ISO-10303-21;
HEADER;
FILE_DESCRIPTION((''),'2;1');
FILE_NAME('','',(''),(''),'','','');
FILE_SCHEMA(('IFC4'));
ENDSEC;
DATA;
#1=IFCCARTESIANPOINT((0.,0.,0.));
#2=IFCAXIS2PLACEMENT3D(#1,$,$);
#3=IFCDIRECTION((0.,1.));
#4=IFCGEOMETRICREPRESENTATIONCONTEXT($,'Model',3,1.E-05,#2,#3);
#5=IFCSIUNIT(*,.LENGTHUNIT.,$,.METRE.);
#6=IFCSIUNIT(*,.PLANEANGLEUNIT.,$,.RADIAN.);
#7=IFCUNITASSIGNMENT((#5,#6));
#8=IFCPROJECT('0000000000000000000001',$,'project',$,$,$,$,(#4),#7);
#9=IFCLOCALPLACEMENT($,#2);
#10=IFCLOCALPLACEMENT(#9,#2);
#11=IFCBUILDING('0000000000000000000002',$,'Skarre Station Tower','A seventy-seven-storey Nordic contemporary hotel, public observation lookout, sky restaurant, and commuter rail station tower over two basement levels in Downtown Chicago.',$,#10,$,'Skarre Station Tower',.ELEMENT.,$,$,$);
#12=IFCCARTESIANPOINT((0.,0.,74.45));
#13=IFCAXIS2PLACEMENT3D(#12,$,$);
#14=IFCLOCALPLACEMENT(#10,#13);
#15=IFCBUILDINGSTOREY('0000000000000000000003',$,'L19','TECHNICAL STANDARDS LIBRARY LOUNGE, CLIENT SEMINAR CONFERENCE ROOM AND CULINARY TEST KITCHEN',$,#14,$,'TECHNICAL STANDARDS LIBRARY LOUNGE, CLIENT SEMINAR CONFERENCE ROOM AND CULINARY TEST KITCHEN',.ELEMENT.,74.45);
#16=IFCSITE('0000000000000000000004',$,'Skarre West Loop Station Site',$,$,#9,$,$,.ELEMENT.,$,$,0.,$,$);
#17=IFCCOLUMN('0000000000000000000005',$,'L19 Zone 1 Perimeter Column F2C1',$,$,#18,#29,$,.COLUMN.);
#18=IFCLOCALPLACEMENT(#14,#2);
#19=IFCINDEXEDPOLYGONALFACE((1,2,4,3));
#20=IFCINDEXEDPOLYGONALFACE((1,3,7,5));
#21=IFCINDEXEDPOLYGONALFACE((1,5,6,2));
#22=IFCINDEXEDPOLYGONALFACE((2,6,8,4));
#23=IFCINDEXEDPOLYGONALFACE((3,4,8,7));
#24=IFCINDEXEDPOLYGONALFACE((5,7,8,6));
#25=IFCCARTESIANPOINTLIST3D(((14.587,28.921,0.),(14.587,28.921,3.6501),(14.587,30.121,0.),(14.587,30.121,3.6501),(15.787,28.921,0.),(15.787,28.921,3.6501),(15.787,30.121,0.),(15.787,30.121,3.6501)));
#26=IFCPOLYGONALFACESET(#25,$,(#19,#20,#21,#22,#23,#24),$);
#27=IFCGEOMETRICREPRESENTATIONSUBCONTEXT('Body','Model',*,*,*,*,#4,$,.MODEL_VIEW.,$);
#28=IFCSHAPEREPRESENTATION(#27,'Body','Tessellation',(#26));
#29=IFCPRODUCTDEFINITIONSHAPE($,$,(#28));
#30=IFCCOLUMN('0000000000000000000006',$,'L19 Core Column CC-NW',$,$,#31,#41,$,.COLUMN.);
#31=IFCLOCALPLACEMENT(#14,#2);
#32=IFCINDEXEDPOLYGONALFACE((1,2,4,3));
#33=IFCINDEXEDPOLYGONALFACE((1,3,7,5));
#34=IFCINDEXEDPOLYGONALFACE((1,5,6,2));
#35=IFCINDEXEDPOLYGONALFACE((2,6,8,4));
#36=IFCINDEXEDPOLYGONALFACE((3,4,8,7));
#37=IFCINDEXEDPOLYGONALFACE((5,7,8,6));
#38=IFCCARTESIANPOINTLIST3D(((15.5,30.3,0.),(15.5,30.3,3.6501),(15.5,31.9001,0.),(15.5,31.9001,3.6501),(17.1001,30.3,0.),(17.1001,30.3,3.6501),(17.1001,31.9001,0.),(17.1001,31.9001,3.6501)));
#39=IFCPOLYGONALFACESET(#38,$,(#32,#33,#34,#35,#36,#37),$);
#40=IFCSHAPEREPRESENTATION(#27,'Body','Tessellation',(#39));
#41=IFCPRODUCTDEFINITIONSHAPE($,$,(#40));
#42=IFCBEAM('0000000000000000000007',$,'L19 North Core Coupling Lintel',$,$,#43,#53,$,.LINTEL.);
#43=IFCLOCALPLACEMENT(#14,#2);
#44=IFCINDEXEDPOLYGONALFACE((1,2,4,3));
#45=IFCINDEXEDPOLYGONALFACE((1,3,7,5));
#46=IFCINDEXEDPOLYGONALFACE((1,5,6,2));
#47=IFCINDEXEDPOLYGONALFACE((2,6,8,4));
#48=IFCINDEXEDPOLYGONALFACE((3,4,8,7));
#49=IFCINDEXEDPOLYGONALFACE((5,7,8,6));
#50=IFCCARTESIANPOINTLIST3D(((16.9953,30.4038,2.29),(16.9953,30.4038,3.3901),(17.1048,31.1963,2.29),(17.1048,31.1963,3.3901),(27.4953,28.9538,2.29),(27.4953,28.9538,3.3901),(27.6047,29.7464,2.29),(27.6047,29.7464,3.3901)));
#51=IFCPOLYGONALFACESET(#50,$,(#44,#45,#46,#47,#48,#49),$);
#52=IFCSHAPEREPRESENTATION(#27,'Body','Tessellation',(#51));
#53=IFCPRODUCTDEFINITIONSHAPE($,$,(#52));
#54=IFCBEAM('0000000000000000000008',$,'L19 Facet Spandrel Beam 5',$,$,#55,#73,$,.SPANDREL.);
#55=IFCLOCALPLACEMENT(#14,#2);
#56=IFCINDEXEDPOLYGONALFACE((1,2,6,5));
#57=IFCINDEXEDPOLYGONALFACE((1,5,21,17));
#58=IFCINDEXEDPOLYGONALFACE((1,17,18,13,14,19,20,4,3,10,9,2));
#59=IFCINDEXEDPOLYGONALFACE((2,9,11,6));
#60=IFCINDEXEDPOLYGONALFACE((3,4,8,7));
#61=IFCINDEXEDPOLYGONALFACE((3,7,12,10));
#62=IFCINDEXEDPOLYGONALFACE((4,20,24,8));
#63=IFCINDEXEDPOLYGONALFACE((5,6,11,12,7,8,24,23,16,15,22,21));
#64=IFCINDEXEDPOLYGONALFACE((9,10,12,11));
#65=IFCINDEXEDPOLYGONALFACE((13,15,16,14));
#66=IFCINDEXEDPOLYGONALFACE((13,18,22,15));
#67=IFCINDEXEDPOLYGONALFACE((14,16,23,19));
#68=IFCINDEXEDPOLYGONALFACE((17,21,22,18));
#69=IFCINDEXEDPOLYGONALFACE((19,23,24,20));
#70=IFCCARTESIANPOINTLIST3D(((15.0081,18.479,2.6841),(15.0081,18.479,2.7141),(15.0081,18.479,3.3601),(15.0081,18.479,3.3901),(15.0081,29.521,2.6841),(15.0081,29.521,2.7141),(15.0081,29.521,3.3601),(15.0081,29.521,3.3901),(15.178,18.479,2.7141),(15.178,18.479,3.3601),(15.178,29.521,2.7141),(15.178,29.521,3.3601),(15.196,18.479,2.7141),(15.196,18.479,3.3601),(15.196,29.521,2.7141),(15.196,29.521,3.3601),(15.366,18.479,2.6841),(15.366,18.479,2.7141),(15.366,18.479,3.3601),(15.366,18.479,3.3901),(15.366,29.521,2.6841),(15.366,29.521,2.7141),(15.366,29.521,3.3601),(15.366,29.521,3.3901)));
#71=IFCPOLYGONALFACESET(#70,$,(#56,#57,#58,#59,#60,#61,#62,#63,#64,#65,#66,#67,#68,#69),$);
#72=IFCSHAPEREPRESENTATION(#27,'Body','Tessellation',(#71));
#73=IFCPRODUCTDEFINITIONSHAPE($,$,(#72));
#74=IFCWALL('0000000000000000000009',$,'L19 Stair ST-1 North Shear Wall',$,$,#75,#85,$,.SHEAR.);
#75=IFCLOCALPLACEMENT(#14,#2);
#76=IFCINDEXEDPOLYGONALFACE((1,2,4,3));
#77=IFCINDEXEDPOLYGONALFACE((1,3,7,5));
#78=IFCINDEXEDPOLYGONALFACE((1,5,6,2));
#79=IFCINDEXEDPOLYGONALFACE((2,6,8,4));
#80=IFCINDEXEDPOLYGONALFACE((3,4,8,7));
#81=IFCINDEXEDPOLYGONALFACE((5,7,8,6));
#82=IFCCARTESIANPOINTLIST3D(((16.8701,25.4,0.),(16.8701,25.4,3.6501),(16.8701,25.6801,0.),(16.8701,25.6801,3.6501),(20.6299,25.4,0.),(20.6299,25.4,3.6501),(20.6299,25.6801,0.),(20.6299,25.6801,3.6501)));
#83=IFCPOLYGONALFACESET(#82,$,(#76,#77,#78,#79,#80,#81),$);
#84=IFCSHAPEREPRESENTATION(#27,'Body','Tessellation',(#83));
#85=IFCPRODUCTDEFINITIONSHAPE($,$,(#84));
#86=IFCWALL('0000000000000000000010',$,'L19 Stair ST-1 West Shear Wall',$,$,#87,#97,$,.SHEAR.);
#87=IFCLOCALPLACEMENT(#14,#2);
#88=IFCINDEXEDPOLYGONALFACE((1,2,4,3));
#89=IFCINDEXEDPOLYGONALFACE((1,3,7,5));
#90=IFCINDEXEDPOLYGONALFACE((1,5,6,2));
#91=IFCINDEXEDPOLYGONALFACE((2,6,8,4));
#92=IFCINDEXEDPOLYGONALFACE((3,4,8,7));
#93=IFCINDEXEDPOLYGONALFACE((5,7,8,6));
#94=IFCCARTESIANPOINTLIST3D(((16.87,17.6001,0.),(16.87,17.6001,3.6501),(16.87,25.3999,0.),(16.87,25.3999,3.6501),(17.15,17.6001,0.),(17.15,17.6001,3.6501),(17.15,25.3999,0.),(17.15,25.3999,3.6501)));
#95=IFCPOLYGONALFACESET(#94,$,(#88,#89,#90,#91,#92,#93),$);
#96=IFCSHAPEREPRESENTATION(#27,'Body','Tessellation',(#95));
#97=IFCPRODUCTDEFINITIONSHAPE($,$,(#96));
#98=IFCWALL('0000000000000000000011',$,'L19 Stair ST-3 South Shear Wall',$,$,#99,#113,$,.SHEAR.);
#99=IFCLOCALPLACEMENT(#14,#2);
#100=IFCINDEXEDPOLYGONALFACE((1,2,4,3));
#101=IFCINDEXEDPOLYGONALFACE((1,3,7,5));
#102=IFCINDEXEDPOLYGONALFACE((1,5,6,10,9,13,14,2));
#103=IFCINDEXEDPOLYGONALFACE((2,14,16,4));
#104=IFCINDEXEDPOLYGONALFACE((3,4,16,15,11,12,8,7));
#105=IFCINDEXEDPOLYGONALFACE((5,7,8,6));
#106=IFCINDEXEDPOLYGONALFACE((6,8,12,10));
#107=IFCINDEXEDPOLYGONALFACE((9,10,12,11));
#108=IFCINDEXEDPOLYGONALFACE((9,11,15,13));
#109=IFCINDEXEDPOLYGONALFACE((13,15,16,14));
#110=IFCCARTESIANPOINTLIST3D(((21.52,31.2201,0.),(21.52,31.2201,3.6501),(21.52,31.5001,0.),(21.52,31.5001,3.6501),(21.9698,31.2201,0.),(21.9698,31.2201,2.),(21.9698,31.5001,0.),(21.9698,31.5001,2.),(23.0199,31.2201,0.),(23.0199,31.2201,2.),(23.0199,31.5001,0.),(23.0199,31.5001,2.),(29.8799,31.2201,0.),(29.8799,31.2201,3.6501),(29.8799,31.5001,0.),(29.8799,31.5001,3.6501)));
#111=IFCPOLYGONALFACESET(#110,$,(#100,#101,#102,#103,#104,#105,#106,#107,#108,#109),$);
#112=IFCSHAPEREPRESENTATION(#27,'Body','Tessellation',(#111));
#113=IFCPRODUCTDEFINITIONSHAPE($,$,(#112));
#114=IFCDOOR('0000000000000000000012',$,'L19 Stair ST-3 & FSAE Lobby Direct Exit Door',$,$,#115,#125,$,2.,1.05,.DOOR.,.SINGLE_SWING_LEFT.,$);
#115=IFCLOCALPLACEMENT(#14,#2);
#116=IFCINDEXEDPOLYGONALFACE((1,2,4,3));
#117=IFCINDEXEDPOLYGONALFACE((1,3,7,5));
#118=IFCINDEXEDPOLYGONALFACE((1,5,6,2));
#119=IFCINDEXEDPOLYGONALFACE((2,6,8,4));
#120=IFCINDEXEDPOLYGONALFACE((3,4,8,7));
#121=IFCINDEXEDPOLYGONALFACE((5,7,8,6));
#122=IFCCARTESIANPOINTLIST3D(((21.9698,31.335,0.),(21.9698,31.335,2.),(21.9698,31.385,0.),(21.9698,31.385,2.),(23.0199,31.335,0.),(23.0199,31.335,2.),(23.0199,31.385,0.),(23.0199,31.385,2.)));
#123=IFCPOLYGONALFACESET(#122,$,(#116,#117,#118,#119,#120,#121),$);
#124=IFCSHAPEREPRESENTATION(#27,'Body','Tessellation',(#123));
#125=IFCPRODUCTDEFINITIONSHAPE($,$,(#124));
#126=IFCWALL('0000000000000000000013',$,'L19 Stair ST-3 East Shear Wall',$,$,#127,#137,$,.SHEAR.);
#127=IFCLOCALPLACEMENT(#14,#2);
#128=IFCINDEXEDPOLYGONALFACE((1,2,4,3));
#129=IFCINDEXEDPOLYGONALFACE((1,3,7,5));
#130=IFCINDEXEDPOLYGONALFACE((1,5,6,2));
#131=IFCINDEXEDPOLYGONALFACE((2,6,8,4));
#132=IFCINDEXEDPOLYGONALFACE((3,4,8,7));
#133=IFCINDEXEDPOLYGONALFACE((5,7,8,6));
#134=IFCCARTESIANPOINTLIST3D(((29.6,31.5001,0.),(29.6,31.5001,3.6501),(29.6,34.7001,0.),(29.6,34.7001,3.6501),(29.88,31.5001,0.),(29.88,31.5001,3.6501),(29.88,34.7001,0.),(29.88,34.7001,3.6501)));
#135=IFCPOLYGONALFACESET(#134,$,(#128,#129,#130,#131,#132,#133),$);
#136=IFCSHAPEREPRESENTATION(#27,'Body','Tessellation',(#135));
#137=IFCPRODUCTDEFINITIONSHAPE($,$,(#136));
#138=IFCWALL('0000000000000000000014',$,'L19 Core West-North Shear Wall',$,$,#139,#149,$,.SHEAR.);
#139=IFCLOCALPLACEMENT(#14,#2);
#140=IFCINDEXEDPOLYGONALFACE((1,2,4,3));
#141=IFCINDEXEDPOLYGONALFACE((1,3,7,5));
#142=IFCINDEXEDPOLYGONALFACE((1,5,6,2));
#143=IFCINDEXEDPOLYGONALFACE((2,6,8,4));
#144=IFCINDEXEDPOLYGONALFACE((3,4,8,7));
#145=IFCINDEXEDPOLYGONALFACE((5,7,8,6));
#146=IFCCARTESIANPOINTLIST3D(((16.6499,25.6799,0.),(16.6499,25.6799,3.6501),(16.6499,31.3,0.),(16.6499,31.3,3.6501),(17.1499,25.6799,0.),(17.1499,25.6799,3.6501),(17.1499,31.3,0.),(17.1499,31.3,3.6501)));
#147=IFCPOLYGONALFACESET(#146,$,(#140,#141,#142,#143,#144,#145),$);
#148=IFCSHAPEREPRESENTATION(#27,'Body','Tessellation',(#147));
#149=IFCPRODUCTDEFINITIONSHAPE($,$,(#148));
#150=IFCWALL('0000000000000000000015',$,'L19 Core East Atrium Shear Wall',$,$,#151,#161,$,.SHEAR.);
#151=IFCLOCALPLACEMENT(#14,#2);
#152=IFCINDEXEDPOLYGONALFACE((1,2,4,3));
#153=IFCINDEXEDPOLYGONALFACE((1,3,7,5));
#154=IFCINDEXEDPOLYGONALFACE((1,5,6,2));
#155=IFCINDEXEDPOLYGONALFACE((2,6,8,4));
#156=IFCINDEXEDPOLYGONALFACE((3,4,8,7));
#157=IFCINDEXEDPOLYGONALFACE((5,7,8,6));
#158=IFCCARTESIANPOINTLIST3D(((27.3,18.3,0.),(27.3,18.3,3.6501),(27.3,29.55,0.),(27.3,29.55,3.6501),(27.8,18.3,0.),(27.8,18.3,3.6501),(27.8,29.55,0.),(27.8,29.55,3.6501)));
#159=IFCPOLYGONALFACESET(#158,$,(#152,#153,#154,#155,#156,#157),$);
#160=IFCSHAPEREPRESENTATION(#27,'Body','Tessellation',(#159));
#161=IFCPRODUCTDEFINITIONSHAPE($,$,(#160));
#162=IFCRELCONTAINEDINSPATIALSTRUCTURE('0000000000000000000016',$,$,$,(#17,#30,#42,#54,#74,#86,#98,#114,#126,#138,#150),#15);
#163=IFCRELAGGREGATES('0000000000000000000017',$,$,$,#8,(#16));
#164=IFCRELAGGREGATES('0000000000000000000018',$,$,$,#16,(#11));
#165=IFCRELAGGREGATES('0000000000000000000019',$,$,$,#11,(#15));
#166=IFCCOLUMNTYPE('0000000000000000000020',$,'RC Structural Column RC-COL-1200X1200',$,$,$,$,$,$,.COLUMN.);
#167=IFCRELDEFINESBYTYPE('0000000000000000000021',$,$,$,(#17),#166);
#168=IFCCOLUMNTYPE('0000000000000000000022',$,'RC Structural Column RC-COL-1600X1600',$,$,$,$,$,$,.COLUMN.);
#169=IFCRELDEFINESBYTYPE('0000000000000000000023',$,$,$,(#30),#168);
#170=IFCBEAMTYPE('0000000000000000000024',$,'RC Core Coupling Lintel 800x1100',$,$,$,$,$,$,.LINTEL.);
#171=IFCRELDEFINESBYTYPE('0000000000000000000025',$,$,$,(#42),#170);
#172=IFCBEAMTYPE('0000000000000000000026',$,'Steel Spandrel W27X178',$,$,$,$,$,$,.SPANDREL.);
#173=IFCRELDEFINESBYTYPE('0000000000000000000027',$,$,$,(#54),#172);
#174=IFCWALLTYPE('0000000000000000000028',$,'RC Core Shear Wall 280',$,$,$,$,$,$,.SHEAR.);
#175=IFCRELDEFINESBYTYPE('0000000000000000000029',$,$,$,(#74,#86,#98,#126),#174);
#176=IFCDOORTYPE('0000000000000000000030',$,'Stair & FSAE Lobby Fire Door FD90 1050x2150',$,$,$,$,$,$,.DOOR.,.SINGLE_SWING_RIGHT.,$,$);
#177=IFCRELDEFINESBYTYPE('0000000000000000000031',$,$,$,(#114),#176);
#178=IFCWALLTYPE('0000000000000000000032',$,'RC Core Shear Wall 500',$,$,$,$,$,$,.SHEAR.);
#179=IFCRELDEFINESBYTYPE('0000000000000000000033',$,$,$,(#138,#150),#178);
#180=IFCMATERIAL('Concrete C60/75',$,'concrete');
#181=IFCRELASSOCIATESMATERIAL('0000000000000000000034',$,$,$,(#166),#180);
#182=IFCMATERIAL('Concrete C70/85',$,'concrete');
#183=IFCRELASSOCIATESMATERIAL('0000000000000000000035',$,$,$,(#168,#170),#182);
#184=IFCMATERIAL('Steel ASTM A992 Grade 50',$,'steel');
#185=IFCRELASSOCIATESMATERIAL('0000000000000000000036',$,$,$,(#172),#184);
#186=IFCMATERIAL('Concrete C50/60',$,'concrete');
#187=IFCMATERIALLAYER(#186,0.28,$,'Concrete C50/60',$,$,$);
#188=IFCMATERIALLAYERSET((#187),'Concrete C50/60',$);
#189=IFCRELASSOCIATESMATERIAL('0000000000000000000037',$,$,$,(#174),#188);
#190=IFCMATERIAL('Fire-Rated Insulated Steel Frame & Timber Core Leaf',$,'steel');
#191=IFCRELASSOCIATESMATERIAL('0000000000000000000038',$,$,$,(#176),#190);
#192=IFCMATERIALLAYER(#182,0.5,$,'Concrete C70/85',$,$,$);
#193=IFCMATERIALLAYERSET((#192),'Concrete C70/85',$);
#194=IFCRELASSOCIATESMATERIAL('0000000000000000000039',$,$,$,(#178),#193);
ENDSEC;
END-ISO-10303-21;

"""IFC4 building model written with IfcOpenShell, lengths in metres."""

from ifc_helpers import new_model, si_unit, direction, frame, frame_2d, origin, origin_2d, place, context, subcontext, project, spatial, rectangle, i_section, extrude, material, layer, layer_set, material_profile, profile_set, type_object, element, fill, save


model = new_model("IFC4")

# Units and contexts
model_context = context("Model", 3, precision=1e-05, world=origin(), true_north=direction((0.0, 1.0)))
body_context = subcontext(model_context, "Body", "Model", "MODEL_VIEW")
ifc_project = project(units=[si_unit("LENGTHUNIT", "METRE"), si_unit("PLANEANGLEUNIT", "RADIAN")], contexts=[model_context])

# Site, building, storey
site_placement = place(None, origin())
site = spatial("IfcSite", under=ifc_project, at=site_placement, Name="Skarre West Loop Station Site", CompositionType="ELEMENT", RefElevation=0.0)
building_placement = place(site_placement, origin())
building = spatial("IfcBuilding", under=site, at=building_placement, Name="Skarre Station Tower", Description="A seventy-seven-storey Nordic contemporary hotel, public observation lookout, sky restaurant, and commuter rail station tower over two basement levels in Downtown Chicago.", LongName="Skarre Station Tower", CompositionType="ELEMENT")
storey_placement = place(building_placement, frame((0.0, 0.0, 74.45)))
storey = spatial("IfcBuildingStorey", under=building, at=storey_placement, Name="L19", Description="TECHNICAL STANDARDS LIBRARY LOUNGE, CLIENT SEMINAR CONFERENCE ROOM AND CULINARY TEST KITCHEN", LongName="TECHNICAL STANDARDS LIBRARY LOUNGE, CLIENT SEMINAR CONFERENCE ROOM AND CULINARY TEST KITCHEN", CompositionType="ELEMENT", Elevation=74.45)

# Columns
ifc_material_1 = material(Name="Concrete C60/75", Category="concrete")
ifc_material_profile_1 = material_profile(ifc_material_1, rectangle(XDim=1.2, YDim=1.2, at=origin_2d()), Name="Concrete C60/75")
ifc_profile_set_1 = profile_set([ifc_material_profile_1], Name="Concrete C60/75")
column_type_1 = type_object("IfcColumnType", Name="RC Structural Column RC-COL-1200X1200", PredefinedType="COLUMN", material=ifc_profile_set_1)
column_1_placement = place(storey_placement, frame((15.187, 29.521, 0.0), z_axis=(0.0, 0.0, 1.0), x_axis=(1.0, 0.0, 0.0)))
element("IfcColumn", 1, at=column_1_placement, inside=storey, type_object=column_type_1, Name="L19 Zone 1 Perimeter Column F2C1", PredefinedType="COLUMN", context=body_context, shape_type="SweptSolid", body=[
    extrude(rectangle(XDim=1.2, YDim=1.2, at=origin_2d()), origin(), (0.0, 0.0, 1.0), 3.6501),
])
ifc_material_2 = material(Name="Concrete C70/85", Category="concrete")
ifc_material_profile_2 = material_profile(ifc_material_2, rectangle(XDim=1.6001, YDim=1.6001, at=origin_2d()), Name="Concrete C70/85")
ifc_profile_set_2 = profile_set([ifc_material_profile_2], Name="Concrete C70/85")
column_type_2 = type_object("IfcColumnType", Name="RC Structural Column RC-COL-1600X1600", PredefinedType="COLUMN", material=ifc_profile_set_2)
column_2_placement = place(storey_placement, frame((16.3, 31.1001, 0.0), z_axis=(0.0, 0.0, 1.0), x_axis=(1.0, 0.0, 0.0)))
element("IfcColumn", 2, at=column_2_placement, inside=storey, type_object=column_type_2, Name="L19 Core Column CC-NW", PredefinedType="COLUMN", context=body_context, shape_type="SweptSolid", body=[
    extrude(rectangle(XDim=1.6001, YDim=1.6001, at=origin_2d()), origin(), (0.0, 0.0, 1.0), 3.6501),
])

# Beams
ifc_material_profile_3 = material_profile(ifc_material_2, rectangle(XDim=0.8, YDim=1.1001, at=origin_2d()), Name="Concrete C70/85")
ifc_profile_set_3 = profile_set([ifc_material_profile_3], Name="Concrete C70/85")
beam_type_1 = type_object("IfcBeamType", Name="RC Core Coupling Lintel 800x1100", PredefinedType="LINTEL", material=ifc_profile_set_3)
beam_1_placement = place(storey_placement, frame((17.05, 30.8, 2.8401), z_axis=(0.9906, -0.136792, 0.0), x_axis=(0.136792, 0.9906, 0.0)))
element("IfcBeam", 3, at=beam_1_placement, inside=storey, type_object=beam_type_1, Name="L19 North Core Coupling Lintel", PredefinedType="LINTEL", context=body_context, shape_type="SweptSolid", body=[
    extrude(rectangle(XDim=0.8, YDim=1.1001, at=origin_2d()), origin(), (0.0, 0.0, 1.0), 10.5996),
])
ifc_material_3 = material(Name="Steel ASTM A992 Grade 50", Category="steel")
ifc_material_profile_4 = material_profile(ifc_material_3, i_section(OverallWidth=0.3579, OverallDepth=0.7061, WebThickness=0.0181, FlangeThickness=0.03, at=origin_2d()), Name="Steel ASTM A992 Grade 50")
ifc_profile_set_4 = profile_set([ifc_material_profile_4], Name="Steel ASTM A992 Grade 50")
beam_type_2 = type_object("IfcBeamType", Name="Steel Spandrel W27X178", PredefinedType="SPANDREL", material=ifc_profile_set_4)
beam_2_placement = place(storey_placement, frame((15.187, 29.521, 3.0371), z_axis=(0.0, -1.0, 0.0), x_axis=(1.0, 0.0, 0.0)))
element("IfcBeam", 4, at=beam_2_placement, inside=storey, type_object=beam_type_2, Name="L19 Facet Spandrel Beam 5", PredefinedType="SPANDREL", context=body_context, shape_type="SweptSolid", body=[
    extrude(i_section(OverallWidth=0.3579, OverallDepth=0.7061, WebThickness=0.0181, FlangeThickness=0.03, at=origin_2d()), origin(), (0.0, 0.0, 1.0), 11.042),
])

# Walls
ifc_material_4 = material(Name="Concrete C50/60", Category="concrete")
ifc_layer_1 = layer(ifc_material_4, 0.28, Name="Concrete C50/60")
ifc_layer_set_1 = layer_set([ifc_layer_1], Name="Concrete C50/60")
wall_type_1 = type_object("IfcWallType", Name="RC Core Shear Wall 280", PredefinedType="SHEAR", material=ifc_layer_set_1)
wall_1_placement = place(storey_placement, frame((20.6299, 25.54, 0.0), z_axis=(0.0, 0.0, 1.0), x_axis=(-1.0, 0.0, 0.0)))
element("IfcWall", 5, at=wall_1_placement, inside=storey, type_object=wall_type_1, Name="L19 Stair ST-1 North Shear Wall", PredefinedType="SHEAR", context=body_context, shape_type="SweptSolid", body=[
    extrude(rectangle(XDim=3.7598, YDim=0.28, at=frame_2d((1.8799, 0.0))), origin(), (0.0, 0.0, 1.0), 3.6501),
])
wall_2_placement = place(storey_placement, frame((17.01, 25.3999, 0.0), z_axis=(0.0, 0.0, 1.0), x_axis=(0.0, -1.0, 0.0)))
element("IfcWall", 6, at=wall_2_placement, inside=storey, type_object=wall_type_1, Name="L19 Stair ST-1 West Shear Wall", PredefinedType="SHEAR", context=body_context, shape_type="SweptSolid", body=[
    extrude(rectangle(XDim=7.7998, YDim=0.28, at=frame_2d((3.8999, 0.0))), origin(), (0.0, 0.0, 1.0), 3.6501),
])

# Wall, opening, door
wall_3_placement = place(storey_placement, frame((21.52, 31.3601, 0.0), z_axis=(0.0, 0.0, 1.0), x_axis=(1.0, 0.0, 0.0)))
wall_3 = element("IfcWall", 7, at=wall_3_placement, inside=storey, type_object=wall_type_1, Name="L19 Stair ST-3 South Shear Wall", PredefinedType="SHEAR", context=body_context, shape_type="SweptSolid", body=[
    extrude(rectangle(XDim=8.3599, YDim=0.28, at=frame_2d((4.1799, 0.0))), origin(), (0.0, 0.0, 1.0), 3.6501),
])
opening_1_placement = place(wall_3_placement, frame((0.45, 0.0, 0.0)))
opening_1 = element("IfcOpeningElement", 8, at=opening_1_placement, cuts=wall_3, PredefinedType="OPENING", context=body_context, shape_type="SweptSolid", body=[
    extrude(rectangle(XDim=1.05, YDim=2.0, at=frame_2d((0.5249, 1.0))), frame((0.0, 0.1499, 0.0), z_axis=(0.0, -1.0, 0.0), x_axis=(1.0, 0.0, 0.0)), (0.0, 0.0, 1.0), 0.3),
])
ifc_material_5 = material(Name="Fire-Rated Insulated Steel Frame & Timber Core Leaf", Category="steel")
door_type_1 = type_object("IfcDoorType", Name="Stair & FSAE Lobby Fire Door FD90 1050x2150", OperationType="SINGLE_SWING_RIGHT", PredefinedType="DOOR", material=ifc_material_5)
door_1_placement = place(opening_1_placement, origin())
door_1 = element("IfcDoor", 9, at=door_1_placement, inside=storey, type_object=door_type_1, Name="L19 Stair ST-3 & FSAE Lobby Direct Exit Door", OperationType="SINGLE_SWING_LEFT", OverallHeight=2.0, OverallWidth=1.05, PredefinedType="DOOR", context=body_context, shape_type="SweptSolid", body=[
    extrude(rectangle(XDim=1.05, YDim=2.0, at=frame_2d((0.5249, 1.0))), frame((0.0, 0.0249, 0.0), z_axis=(0.0, -1.0, 0.0), x_axis=(1.0, 0.0, 0.0)), (0.0, 0.0, 1.0), 0.05),
])
fill(opening_1, door_1)

# Walls
wall_4_placement = place(storey_placement, frame((29.74, 31.5, 0.0), z_axis=(0.0, 0.0, 1.0), x_axis=(0.0, 1.0, 0.0)))
element("IfcWall", 10, at=wall_4_placement, inside=storey, type_object=wall_type_1, Name="L19 Stair ST-3 East Shear Wall", PredefinedType="SHEAR", context=body_context, shape_type="SweptSolid", body=[
    extrude(rectangle(XDim=3.2, YDim=0.28, at=frame_2d((1.6001, 0.0))), origin(), (0.0, 0.0, 1.0), 3.6501),
])
ifc_layer_2 = layer(ifc_material_2, 0.5, Name="Concrete C70/85")
ifc_layer_set_2 = layer_set([ifc_layer_2], Name="Concrete C70/85")
wall_type_2 = type_object("IfcWallType", Name="RC Core Shear Wall 500", PredefinedType="SHEAR", material=ifc_layer_set_2)
wall_5_placement = place(storey_placement, frame((16.8999, 25.6799, 0.0), z_axis=(0.0, 0.0, 1.0), x_axis=(0.0, 1.0, 0.0)))
element("IfcWall", 11, at=wall_5_placement, inside=storey, type_object=wall_type_2, Name="L19 Core West-North Shear Wall", PredefinedType="SHEAR", context=body_context, shape_type="SweptSolid", body=[
    extrude(rectangle(XDim=5.6201, YDim=0.5, at=frame_2d((2.8101, 0.0))), origin(), (0.0, 0.0, 1.0), 3.6501),
])
wall_6_placement = place(storey_placement, frame((27.55, 29.55, 0.0), z_axis=(0.0, 0.0, 1.0), x_axis=(0.0, -1.0, 0.0)))
element("IfcWall", 12, at=wall_6_placement, inside=storey, type_object=wall_type_2, Name="L19 Core East Atrium Shear Wall", PredefinedType="SHEAR", context=body_context, shape_type="SweptSolid", body=[
    extrude(rectangle(XDim=11.25, YDim=0.5, at=frame_2d((5.625, 0.0))), origin(), (0.0, 0.0, 1.0), 3.6501),
])

save(model, "model.ifc")
